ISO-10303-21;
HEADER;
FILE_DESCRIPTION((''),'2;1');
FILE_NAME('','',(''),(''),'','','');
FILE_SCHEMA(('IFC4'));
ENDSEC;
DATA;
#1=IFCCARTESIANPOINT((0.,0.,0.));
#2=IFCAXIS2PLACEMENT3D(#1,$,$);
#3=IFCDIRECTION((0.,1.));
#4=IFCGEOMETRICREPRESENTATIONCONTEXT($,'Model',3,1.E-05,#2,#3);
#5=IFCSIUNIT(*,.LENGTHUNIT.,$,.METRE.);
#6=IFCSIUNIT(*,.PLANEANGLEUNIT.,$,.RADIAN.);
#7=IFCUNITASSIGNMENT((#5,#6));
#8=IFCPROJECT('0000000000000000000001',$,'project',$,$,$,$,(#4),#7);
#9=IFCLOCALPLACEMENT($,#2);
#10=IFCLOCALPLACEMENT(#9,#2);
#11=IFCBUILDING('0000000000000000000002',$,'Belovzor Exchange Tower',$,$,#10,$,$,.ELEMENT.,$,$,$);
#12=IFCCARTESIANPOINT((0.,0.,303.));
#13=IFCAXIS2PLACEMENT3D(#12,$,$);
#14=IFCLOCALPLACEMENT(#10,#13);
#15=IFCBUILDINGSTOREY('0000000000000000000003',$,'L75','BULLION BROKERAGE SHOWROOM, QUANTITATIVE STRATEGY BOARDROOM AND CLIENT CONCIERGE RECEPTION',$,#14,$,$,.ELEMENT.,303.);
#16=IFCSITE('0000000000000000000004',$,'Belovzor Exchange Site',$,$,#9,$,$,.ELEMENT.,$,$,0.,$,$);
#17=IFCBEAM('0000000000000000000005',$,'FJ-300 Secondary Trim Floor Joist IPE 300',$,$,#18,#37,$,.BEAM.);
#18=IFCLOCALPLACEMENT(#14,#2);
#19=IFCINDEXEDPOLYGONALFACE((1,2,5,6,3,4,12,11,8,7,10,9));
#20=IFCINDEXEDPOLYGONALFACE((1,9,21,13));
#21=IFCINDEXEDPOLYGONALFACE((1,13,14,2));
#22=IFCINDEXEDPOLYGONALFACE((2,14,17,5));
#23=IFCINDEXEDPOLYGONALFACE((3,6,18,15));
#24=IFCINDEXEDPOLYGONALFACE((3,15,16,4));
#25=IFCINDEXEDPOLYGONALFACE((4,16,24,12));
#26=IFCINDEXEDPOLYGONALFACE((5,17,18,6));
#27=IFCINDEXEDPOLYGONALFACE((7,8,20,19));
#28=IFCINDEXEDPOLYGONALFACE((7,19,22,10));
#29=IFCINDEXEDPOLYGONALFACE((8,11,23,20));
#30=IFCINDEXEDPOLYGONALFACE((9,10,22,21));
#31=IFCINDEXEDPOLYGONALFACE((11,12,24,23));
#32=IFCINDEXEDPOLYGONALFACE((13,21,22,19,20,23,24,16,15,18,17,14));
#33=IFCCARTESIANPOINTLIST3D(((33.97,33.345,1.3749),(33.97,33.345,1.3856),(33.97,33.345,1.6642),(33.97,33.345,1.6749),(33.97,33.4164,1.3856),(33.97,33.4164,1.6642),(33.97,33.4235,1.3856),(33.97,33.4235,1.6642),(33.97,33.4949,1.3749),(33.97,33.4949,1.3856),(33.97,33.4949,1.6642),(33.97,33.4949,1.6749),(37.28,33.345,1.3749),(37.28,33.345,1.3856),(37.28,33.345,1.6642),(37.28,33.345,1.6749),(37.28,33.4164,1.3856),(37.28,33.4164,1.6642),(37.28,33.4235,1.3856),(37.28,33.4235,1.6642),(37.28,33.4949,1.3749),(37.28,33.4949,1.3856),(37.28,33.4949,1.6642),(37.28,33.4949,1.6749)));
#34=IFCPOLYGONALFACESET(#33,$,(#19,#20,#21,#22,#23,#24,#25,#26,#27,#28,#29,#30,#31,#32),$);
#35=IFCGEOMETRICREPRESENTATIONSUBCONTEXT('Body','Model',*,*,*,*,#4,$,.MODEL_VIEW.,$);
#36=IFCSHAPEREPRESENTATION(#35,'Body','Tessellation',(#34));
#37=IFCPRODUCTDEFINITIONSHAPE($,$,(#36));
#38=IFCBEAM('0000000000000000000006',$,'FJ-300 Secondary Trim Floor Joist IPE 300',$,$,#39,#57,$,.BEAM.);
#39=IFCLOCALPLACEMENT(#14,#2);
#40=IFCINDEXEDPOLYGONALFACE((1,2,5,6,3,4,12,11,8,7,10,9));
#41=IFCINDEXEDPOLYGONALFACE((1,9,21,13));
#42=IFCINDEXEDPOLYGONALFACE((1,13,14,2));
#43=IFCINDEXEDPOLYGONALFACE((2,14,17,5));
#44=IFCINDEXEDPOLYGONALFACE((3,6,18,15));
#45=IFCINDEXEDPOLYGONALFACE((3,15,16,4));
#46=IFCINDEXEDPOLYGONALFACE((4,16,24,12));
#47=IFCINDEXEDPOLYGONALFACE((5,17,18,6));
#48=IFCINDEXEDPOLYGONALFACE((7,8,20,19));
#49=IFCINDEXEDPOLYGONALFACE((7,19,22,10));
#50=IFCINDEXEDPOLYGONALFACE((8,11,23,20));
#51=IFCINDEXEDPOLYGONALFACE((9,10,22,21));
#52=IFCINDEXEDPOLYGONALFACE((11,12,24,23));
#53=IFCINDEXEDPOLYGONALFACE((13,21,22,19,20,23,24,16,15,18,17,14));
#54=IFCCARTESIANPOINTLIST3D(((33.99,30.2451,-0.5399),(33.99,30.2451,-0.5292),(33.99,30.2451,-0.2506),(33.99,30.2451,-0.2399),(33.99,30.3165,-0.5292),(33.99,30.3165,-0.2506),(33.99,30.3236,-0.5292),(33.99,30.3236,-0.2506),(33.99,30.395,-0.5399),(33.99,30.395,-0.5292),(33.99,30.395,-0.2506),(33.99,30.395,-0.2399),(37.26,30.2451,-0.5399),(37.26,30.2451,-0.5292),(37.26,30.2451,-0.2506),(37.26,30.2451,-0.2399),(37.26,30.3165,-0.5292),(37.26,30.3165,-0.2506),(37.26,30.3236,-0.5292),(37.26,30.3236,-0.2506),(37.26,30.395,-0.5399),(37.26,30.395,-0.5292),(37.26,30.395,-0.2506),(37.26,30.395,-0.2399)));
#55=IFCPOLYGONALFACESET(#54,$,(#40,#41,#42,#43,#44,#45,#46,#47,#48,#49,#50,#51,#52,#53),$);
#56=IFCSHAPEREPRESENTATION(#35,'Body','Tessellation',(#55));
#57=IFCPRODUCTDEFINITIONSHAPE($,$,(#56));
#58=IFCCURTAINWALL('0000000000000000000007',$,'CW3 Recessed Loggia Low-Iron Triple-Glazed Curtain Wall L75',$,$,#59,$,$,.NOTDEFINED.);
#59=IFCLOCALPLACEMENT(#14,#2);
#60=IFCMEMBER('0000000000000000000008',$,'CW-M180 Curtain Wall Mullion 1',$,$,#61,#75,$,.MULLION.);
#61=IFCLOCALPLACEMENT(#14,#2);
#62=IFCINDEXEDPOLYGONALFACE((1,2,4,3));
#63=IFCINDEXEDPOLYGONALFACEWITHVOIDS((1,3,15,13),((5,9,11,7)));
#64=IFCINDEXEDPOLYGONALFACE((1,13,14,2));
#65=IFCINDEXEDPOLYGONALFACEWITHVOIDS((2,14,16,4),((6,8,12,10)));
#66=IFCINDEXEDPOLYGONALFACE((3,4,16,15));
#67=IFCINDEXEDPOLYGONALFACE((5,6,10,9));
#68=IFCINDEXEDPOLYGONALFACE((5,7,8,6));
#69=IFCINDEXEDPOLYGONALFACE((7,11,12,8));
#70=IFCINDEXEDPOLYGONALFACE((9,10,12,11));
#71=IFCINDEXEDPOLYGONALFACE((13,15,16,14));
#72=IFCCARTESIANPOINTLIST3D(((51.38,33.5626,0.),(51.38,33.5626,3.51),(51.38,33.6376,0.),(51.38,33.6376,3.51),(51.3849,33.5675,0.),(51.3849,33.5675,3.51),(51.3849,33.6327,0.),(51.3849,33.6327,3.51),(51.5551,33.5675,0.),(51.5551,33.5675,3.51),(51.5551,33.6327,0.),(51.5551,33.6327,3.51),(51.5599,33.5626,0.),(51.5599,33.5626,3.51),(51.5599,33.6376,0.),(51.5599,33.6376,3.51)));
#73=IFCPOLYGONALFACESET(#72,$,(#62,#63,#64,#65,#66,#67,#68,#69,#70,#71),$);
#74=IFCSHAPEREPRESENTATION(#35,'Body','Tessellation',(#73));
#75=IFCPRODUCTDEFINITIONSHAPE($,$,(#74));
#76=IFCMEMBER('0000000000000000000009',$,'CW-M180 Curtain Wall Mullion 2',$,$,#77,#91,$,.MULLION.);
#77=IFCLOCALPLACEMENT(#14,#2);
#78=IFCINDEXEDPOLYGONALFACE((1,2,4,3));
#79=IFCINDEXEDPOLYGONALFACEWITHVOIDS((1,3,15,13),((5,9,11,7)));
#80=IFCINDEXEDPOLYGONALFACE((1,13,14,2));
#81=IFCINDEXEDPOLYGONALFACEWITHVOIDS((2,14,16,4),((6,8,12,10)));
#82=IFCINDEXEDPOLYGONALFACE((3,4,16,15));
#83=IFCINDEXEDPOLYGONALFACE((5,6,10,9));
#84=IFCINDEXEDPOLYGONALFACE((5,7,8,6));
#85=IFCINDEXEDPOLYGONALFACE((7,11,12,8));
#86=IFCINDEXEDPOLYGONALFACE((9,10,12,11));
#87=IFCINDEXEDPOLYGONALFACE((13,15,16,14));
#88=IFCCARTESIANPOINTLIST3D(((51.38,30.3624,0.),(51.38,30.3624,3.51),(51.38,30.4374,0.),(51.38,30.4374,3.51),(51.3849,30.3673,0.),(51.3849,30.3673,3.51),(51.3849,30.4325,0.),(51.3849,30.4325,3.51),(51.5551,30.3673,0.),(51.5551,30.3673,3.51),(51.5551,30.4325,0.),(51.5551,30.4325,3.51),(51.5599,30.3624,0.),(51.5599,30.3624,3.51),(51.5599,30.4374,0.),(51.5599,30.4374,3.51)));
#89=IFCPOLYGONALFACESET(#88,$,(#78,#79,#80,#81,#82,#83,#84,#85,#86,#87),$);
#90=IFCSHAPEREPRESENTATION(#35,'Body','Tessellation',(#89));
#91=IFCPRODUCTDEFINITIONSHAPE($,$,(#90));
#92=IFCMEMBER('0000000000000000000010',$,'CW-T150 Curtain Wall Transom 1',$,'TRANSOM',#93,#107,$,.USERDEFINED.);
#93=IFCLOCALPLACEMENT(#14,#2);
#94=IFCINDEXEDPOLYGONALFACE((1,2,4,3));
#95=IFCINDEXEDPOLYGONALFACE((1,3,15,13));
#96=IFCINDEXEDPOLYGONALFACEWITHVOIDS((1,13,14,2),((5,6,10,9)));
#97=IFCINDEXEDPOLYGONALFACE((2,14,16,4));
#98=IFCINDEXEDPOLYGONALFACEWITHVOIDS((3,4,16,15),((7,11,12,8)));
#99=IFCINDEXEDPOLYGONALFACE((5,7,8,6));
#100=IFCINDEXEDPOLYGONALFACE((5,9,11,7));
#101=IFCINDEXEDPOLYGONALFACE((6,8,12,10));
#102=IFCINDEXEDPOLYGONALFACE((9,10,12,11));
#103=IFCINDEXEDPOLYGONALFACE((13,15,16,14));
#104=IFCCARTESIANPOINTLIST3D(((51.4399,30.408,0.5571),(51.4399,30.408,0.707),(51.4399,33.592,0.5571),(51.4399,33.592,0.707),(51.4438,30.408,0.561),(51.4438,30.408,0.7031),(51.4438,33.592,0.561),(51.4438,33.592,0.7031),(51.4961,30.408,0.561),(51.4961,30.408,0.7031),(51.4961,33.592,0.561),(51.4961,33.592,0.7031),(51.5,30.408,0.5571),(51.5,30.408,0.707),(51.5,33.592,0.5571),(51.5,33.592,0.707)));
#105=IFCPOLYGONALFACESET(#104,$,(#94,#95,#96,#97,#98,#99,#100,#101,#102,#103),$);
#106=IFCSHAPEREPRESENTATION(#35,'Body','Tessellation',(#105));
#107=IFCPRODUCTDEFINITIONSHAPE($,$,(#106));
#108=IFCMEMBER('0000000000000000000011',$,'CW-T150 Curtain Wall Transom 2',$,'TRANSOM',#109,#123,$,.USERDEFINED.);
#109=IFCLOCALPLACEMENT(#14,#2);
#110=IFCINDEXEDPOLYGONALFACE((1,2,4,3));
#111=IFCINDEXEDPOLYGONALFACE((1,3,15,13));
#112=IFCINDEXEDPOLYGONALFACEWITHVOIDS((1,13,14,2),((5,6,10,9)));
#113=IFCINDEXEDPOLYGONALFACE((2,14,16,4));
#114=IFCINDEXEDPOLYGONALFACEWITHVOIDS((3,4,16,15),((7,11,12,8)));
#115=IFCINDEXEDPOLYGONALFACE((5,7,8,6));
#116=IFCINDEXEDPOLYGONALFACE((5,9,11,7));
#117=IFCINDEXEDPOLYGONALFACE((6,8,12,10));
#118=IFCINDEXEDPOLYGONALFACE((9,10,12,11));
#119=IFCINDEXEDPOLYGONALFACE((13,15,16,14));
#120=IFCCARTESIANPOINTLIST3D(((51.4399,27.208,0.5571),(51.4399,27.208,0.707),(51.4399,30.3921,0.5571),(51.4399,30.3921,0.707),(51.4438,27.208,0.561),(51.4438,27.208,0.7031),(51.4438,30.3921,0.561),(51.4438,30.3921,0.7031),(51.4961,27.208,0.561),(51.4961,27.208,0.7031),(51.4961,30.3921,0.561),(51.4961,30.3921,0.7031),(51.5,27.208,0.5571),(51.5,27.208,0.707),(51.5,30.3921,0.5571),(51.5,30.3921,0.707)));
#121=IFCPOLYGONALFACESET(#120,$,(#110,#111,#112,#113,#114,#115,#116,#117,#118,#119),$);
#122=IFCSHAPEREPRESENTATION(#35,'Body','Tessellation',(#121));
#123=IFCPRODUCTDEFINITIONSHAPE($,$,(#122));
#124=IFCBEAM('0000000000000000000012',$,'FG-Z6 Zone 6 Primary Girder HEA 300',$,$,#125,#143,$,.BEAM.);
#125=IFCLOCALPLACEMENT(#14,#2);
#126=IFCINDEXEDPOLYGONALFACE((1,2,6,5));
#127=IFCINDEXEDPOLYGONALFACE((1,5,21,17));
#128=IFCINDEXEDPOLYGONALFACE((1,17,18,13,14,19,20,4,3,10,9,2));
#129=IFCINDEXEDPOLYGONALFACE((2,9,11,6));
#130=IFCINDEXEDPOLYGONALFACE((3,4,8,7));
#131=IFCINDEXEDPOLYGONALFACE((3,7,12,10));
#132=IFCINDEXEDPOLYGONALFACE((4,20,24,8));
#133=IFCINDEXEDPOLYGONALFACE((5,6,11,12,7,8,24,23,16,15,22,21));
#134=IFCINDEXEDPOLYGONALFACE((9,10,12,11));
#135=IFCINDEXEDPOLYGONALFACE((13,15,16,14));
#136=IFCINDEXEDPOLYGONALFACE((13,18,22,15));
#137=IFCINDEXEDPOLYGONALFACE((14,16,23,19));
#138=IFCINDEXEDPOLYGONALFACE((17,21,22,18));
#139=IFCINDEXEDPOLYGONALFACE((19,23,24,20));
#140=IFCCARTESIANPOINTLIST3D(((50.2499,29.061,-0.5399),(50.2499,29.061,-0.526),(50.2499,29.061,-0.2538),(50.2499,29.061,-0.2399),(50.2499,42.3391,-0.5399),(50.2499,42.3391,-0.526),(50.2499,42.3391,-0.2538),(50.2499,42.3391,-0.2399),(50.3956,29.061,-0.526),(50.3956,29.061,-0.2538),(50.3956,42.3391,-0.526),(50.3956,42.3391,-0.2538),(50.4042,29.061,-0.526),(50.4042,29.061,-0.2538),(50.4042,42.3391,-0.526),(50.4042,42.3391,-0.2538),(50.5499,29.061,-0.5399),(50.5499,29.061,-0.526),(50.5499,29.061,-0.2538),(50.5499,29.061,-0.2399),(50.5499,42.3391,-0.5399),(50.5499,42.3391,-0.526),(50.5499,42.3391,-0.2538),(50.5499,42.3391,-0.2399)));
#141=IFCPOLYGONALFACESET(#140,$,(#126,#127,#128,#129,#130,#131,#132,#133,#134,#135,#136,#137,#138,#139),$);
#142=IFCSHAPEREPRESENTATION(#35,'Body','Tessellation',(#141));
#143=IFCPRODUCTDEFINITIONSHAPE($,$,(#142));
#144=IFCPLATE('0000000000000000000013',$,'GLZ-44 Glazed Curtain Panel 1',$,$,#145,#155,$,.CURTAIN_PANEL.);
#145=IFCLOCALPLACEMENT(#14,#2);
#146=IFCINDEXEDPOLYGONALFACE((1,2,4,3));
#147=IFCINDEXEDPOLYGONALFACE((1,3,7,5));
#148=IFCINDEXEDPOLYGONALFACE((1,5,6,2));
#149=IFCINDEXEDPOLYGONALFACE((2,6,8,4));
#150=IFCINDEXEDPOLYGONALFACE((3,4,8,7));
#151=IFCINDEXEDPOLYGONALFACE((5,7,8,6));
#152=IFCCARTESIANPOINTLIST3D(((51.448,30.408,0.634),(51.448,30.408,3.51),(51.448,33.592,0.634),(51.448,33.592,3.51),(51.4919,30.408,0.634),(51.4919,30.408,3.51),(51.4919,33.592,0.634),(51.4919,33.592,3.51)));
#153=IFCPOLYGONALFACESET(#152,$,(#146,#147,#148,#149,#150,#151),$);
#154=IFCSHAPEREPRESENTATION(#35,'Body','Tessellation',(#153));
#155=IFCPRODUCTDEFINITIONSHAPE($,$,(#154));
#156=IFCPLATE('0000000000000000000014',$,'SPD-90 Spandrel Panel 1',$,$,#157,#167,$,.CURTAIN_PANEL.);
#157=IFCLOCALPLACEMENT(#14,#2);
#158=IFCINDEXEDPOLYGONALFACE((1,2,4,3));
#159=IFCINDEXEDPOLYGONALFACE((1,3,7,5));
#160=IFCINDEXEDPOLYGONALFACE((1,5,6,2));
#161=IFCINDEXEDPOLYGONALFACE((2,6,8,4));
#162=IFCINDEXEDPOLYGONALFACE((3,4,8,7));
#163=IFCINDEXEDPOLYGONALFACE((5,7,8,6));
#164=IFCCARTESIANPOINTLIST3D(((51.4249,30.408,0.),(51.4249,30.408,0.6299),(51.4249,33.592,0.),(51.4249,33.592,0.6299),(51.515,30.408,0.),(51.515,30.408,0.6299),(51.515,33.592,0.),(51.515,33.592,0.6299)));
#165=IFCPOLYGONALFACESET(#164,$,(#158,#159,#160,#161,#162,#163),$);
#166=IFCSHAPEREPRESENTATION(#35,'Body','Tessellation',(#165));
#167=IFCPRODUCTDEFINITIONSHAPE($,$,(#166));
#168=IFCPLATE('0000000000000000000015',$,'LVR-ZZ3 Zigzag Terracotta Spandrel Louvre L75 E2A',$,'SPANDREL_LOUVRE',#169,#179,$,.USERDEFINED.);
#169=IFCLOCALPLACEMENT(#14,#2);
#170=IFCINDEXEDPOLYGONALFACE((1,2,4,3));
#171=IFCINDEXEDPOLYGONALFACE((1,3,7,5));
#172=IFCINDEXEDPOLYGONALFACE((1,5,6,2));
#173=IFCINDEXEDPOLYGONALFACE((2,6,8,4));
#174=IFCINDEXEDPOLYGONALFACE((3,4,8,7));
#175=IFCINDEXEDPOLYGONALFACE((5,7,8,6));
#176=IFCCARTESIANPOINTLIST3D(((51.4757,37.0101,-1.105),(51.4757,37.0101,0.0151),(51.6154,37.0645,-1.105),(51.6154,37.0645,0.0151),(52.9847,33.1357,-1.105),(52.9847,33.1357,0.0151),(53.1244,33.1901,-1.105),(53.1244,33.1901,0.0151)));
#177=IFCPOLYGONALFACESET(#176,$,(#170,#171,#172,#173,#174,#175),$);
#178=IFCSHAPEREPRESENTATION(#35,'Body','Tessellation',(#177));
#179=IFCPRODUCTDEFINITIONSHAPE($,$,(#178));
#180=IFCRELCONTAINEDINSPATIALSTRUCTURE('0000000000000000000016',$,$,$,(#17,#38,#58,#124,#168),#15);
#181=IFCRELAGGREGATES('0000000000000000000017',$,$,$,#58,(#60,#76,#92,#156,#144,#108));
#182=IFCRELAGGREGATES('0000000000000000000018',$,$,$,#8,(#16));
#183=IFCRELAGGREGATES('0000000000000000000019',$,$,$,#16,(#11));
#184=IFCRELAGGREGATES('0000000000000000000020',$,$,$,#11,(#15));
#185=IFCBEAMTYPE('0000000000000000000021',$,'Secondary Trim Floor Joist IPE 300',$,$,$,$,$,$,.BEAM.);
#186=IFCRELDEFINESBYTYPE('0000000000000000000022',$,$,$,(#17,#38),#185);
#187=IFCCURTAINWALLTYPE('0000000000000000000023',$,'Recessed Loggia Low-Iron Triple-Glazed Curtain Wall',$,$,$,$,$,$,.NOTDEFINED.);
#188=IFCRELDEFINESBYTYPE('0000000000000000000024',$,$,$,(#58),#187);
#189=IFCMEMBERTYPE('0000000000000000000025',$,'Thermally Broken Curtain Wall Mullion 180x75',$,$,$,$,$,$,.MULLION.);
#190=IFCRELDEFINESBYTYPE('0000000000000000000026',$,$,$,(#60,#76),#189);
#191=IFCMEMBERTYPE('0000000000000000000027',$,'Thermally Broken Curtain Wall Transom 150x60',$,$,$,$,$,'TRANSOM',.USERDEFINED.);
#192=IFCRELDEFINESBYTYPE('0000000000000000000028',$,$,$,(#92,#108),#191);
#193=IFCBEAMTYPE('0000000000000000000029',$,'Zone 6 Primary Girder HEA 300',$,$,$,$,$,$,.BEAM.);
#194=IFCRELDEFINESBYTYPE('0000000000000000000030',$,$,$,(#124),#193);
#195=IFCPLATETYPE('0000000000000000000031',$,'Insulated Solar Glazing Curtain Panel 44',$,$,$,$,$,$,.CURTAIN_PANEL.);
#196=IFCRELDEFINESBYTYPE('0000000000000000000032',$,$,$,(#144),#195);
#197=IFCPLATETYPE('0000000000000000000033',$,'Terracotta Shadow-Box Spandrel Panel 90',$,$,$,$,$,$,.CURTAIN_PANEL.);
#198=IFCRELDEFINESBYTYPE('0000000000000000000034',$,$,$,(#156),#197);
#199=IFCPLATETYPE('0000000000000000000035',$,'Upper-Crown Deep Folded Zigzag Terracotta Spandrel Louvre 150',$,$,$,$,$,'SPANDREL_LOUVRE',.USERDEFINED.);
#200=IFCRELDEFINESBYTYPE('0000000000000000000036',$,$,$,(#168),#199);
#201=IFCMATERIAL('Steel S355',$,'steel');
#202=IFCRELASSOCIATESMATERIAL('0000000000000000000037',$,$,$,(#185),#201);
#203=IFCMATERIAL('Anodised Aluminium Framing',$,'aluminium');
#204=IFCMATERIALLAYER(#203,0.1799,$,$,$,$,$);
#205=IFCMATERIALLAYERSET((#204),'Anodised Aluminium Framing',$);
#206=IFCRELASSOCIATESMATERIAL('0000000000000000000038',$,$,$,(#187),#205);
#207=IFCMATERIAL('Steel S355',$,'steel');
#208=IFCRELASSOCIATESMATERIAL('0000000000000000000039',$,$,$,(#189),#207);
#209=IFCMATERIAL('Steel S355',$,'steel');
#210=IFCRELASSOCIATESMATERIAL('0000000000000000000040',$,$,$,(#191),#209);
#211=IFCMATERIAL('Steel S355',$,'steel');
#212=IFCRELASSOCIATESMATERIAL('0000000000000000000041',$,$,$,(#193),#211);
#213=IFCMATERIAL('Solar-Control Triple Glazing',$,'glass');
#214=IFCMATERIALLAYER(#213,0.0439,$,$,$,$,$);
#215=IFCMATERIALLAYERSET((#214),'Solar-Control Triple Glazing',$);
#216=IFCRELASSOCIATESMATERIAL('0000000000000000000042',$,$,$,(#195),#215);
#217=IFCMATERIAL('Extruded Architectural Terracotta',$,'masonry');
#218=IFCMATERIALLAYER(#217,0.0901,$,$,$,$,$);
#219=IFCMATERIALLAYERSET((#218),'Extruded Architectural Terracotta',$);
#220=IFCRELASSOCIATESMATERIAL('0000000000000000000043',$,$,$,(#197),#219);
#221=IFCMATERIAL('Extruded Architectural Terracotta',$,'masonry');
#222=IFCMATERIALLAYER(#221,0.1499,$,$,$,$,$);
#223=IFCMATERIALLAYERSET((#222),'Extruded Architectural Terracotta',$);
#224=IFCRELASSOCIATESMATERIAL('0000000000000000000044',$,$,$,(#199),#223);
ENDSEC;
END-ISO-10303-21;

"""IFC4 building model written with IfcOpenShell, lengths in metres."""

from ifc_helpers import new_model, si_unit, direction, frame, origin, origin_2d, place, context, subcontext, project, spatial, rectangle, hollow_rectangle, i_section, extrude, material, layer, layer_set, material_profile, profile_set, type_object, element, aggregate, save


model = new_model("IFC4")

# Units and contexts
model_context = context("Model", 3, precision=1e-05, world=origin(), true_north=direction((0.0, 1.0)))
body_context = subcontext(model_context, "Body", "Model", "MODEL_VIEW")
ifc_project = project(units=[si_unit("LENGTHUNIT", "METRE"), si_unit("PLANEANGLEUNIT", "RADIAN")], contexts=[model_context])

# Site, building, storey
site_placement = place(None, origin())
site = spatial("IfcSite", under=ifc_project, at=site_placement, Name="Belovzor Exchange Site", CompositionType="ELEMENT", RefElevation=0.0)
building_placement = place(site_placement, origin())
building = spatial("IfcBuilding", under=site, at=building_placement, Name="Belovzor Exchange Tower", CompositionType="ELEMENT")
storey_placement = place(building_placement, frame((0.0, 0.0, 303.0)))
storey = spatial("IfcBuildingStorey", under=building, at=storey_placement, Name="L75", Description="BULLION BROKERAGE SHOWROOM, QUANTITATIVE STRATEGY BOARDROOM AND CLIENT CONCIERGE RECEPTION", CompositionType="ELEMENT", Elevation=303.0)

# Beams
ifc_material_1 = material(Name="Steel S355", Category="steel")
ifc_material_profile_1 = material_profile(ifc_material_1, i_section(OverallWidth=0.1499, OverallDepth=0.3, WebThickness=0.0071, FlangeThickness=0.0107, at=origin_2d()))
ifc_profile_set_1 = profile_set([ifc_material_profile_1], Name="Steel S355")
beam_type_1 = type_object("IfcBeamType", Name="Secondary Trim Floor Joist IPE 300", PredefinedType="BEAM", material=ifc_profile_set_1)
beam_1_placement = place(storey_placement, frame((37.28, 33.4199, 1.5249), z_axis=(-1.0, 0.0, 0.0), x_axis=(0.0, -1.0, 0.0)))
element("IfcBeam", 1, at=beam_1_placement, inside=storey, type_object=beam_type_1, Name="FJ-300 Secondary Trim Floor Joist IPE 300", PredefinedType="BEAM", context=body_context, shape_type="SweptSolid", body=[
    extrude(i_section(OverallWidth=0.1499, OverallDepth=0.3, WebThickness=0.0071, FlangeThickness=0.0107, at=origin_2d()), origin(), (0.0, 0.0, 1.0), 3.3101),
])
beam_2_placement = place(storey_placement, frame((37.26, 30.3201, -0.3899), z_axis=(-1.0, 0.0, 0.0), x_axis=(0.0, -1.0, 0.0)))
element("IfcBeam", 2, at=beam_2_placement, inside=storey, type_object=beam_type_1, Name="FJ-300 Secondary Trim Floor Joist IPE 300", PredefinedType="BEAM", context=body_context, shape_type="SweptSolid", body=[
    extrude(i_section(OverallWidth=0.1499, OverallDepth=0.3, WebThickness=0.0071, FlangeThickness=0.0107, at=origin_2d()), origin(), (0.0, 0.0, 1.0), 3.27),
])

# Curtain wall, members
ifc_material_2 = material(Name="Anodised Aluminium Framing", Category="aluminium")
ifc_layer_1 = layer(ifc_material_2, 0.1799)
ifc_layer_set_1 = layer_set([ifc_layer_1], Name="Anodised Aluminium Framing")
curtain_wall_type = type_object("IfcCurtainWallType", Name="Recessed Loggia Low-Iron Triple-Glazed Curtain Wall", PredefinedType="NOTDEFINED", material=ifc_layer_set_1)
curtain_wall_placement = place(storey_placement, origin())
curtain_wall = element("IfcCurtainWall", 3, at=curtain_wall_placement, inside=storey, type_object=curtain_wall_type, Name="CW3 Recessed Loggia Low-Iron Triple-Glazed Curtain Wall L75", PredefinedType="NOTDEFINED")
ifc_material_3 = material(Name="Steel S355", Category="steel")
ifc_material_profile_2 = material_profile(ifc_material_3, hollow_rectangle(XDim=0.075, YDim=0.1799, WallThickness=0.0049, at=origin_2d()))
ifc_profile_set_2 = profile_set([ifc_material_profile_2], Name="Steel S355")
member_type_1 = type_object("IfcMemberType", Name="Thermally Broken Curtain Wall Mullion 180x75", PredefinedType="MULLION", material=ifc_profile_set_2)
member_1_placement = place(storey_placement, frame((51.47, 33.6001, 0.0), z_axis=(0.0, 0.0, 1.0), x_axis=(0.0, -1.0, 0.0)))
member_1 = element("IfcMember", 4, at=member_1_placement, type_object=member_type_1, Name="CW-M180 Curtain Wall Mullion 1", PredefinedType="MULLION", context=body_context, shape_type="SweptSolid", body=[
    extrude(hollow_rectangle(XDim=0.075, YDim=0.1799, WallThickness=0.0049, at=origin_2d()), origin(), (0.0, 0.0, 1.0), 3.51),
])
member_2_placement = place(storey_placement, frame((51.47, 30.3999, 0.0), z_axis=(0.0, 0.0, 1.0), x_axis=(0.0, -1.0, 0.0)))
member_2 = element("IfcMember", 5, at=member_2_placement, type_object=member_type_1, Name="CW-M180 Curtain Wall Mullion 2", PredefinedType="MULLION", context=body_context, shape_type="SweptSolid", body=[
    extrude(hollow_rectangle(XDim=0.075, YDim=0.1799, WallThickness=0.0049, at=origin_2d()), origin(), (0.0, 0.0, 1.0), 3.51),
])
ifc_material_4 = material(Name="Steel S355", Category="steel")
ifc_material_profile_3 = material_profile(ifc_material_4, hollow_rectangle(XDim=0.0601, YDim=0.1499, WallThickness=0.0039, at=origin_2d()))
ifc_profile_set_3 = profile_set([ifc_material_profile_3], Name="Steel S355")
member_type_2 = type_object("IfcMemberType", Name="Thermally Broken Curtain Wall Transom 150x60", ElementType="TRANSOM", PredefinedType="USERDEFINED", material=ifc_profile_set_3)
member_3_placement = place(storey_placement, frame((51.47, 33.592, 0.6321), z_axis=(0.0, -1.0, 0.0), x_axis=(1.0, 0.0, 0.0)))
member_3 = element("IfcMember", 6, at=member_3_placement, type_object=member_type_2, Name="CW-T150 Curtain Wall Transom 1", ObjectType="TRANSOM", PredefinedType="USERDEFINED", context=body_context, shape_type="SweptSolid", body=[
    extrude(hollow_rectangle(XDim=0.0601, YDim=0.1499, WallThickness=0.0039, at=origin_2d()), origin(), (0.0, 0.0, 1.0), 3.1841),
])
member_4_placement = place(storey_placement, frame((51.47, 30.3921, 0.6321), z_axis=(0.0, -1.0, 0.0), x_axis=(1.0, 0.0, 0.0)))
member_4 = element("IfcMember", 7, at=member_4_placement, type_object=member_type_2, Name="CW-T150 Curtain Wall Transom 2", ObjectType="TRANSOM", PredefinedType="USERDEFINED", context=body_context, shape_type="SweptSolid", body=[
    extrude(hollow_rectangle(XDim=0.0601, YDim=0.1499, WallThickness=0.0039, at=origin_2d()), origin(), (0.0, 0.0, 1.0), 3.1841),
])

# Beam
ifc_material_5 = material(Name="Steel S355", Category="steel")
ifc_material_profile_4 = material_profile(ifc_material_5, i_section(OverallWidth=0.3, OverallDepth=0.3, WebThickness=0.0085, FlangeThickness=0.0139, at=origin_2d()))
ifc_profile_set_4 = profile_set([ifc_material_profile_4], Name="Steel S355")
beam_type_2 = type_object("IfcBeamType", Name="Zone 6 Primary Girder HEA 300", PredefinedType="BEAM", material=ifc_profile_set_4)
beam_3_placement = place(storey_placement, frame((50.3999, 29.061, -0.3899), z_axis=(0.0, 1.0, 0.0), x_axis=(-1.0, 0.0, 0.0)))
element("IfcBeam", 8, at=beam_3_placement, inside=storey, type_object=beam_type_2, Name="FG-Z6 Zone 6 Primary Girder HEA 300", PredefinedType="BEAM", context=body_context, shape_type="SweptSolid", body=[
    extrude(i_section(OverallWidth=0.3, OverallDepth=0.3, WebThickness=0.0085, FlangeThickness=0.0139, at=origin_2d()), origin(), (0.0, 0.0, 1.0), 13.2781),
])

# Plates
ifc_material_6 = material(Name="Solar-Control Triple Glazing", Category="glass")
ifc_layer_2 = layer(ifc_material_6, 0.0439)
ifc_layer_set_2 = layer_set([ifc_layer_2], Name="Solar-Control Triple Glazing")
plate_type_1 = type_object("IfcPlateType", Name="Insulated Solar Glazing Curtain Panel 44", PredefinedType="CURTAIN_PANEL", material=ifc_layer_set_2)
plate_1_placement = place(storey_placement, frame((51.47, 32.0, 0.634), z_axis=(0.0, 0.0, 1.0), x_axis=(0.0, -1.0, 0.0)))
plate_1 = element("IfcPlate", 9, at=plate_1_placement, type_object=plate_type_1, Name="GLZ-44 Glazed Curtain Panel 1", PredefinedType="CURTAIN_PANEL", context=body_context, shape_type="SweptSolid", body=[
    extrude(rectangle(XDim=3.1841, YDim=0.0439, at=origin_2d()), origin(), (0.0, 0.0, 1.0), 2.876),
])
ifc_material_7 = material(Name="Extruded Architectural Terracotta", Category="masonry")
ifc_layer_3 = layer(ifc_material_7, 0.0901)
ifc_layer_set_3 = layer_set([ifc_layer_3], Name="Extruded Architectural Terracotta")
plate_type_2 = type_object("IfcPlateType", Name="Terracotta Shadow-Box Spandrel Panel 90", PredefinedType="CURTAIN_PANEL", material=ifc_layer_set_3)
plate_2_placement = place(storey_placement, frame((51.47, 32.0, 0.0), z_axis=(0.0, 0.0, 1.0), x_axis=(0.0, -1.0, 0.0)))
plate_2 = element("IfcPlate", 10, at=plate_2_placement, type_object=plate_type_2, Name="SPD-90 Spandrel Panel 1", PredefinedType="CURTAIN_PANEL", context=body_context, shape_type="SweptSolid", body=[
    extrude(rectangle(XDim=3.1841, YDim=0.0901, at=origin_2d()), origin(), (0.0, 0.0, 1.0), 0.6299),
])
aggregate(curtain_wall, [member_1, member_2, member_3, plate_2, plate_1, member_4])
ifc_material_8 = material(Name="Extruded Architectural Terracotta", Category="masonry")
ifc_layer_4 = layer(ifc_material_8, 0.1499)
ifc_layer_set_4 = layer_set([ifc_layer_4], Name="Extruded Architectural Terracotta")
plate_type_3 = type_object("IfcPlateType", Name="Upper-Crown Deep Folded Zigzag Terracotta Spandrel Louvre 150", ElementType="SPANDREL_LOUVRE", PredefinedType="USERDEFINED", material=ifc_layer_set_4)
plate_3_placement = place(storey_placement, frame((52.3, 35.1001, -1.105), z_axis=(0.0, 0.0, 1.0), x_axis=(-0.362926, 0.931818, 0.0)))
element("IfcPlate", 11, at=plate_3_placement, inside=storey, type_object=plate_type_3, Name="LVR-ZZ3 Zigzag Terracotta Spandrel Louvre L75 E2A", ObjectType="SPANDREL_LOUVRE", PredefinedType="USERDEFINED", context=body_context, shape_type="SweptSolid", body=[
    extrude(rectangle(XDim=4.158, YDim=0.1499, at=origin_2d()), origin(), (0.0, 0.0, 1.0), 1.1201),
])

save(model, "model.ifc")
